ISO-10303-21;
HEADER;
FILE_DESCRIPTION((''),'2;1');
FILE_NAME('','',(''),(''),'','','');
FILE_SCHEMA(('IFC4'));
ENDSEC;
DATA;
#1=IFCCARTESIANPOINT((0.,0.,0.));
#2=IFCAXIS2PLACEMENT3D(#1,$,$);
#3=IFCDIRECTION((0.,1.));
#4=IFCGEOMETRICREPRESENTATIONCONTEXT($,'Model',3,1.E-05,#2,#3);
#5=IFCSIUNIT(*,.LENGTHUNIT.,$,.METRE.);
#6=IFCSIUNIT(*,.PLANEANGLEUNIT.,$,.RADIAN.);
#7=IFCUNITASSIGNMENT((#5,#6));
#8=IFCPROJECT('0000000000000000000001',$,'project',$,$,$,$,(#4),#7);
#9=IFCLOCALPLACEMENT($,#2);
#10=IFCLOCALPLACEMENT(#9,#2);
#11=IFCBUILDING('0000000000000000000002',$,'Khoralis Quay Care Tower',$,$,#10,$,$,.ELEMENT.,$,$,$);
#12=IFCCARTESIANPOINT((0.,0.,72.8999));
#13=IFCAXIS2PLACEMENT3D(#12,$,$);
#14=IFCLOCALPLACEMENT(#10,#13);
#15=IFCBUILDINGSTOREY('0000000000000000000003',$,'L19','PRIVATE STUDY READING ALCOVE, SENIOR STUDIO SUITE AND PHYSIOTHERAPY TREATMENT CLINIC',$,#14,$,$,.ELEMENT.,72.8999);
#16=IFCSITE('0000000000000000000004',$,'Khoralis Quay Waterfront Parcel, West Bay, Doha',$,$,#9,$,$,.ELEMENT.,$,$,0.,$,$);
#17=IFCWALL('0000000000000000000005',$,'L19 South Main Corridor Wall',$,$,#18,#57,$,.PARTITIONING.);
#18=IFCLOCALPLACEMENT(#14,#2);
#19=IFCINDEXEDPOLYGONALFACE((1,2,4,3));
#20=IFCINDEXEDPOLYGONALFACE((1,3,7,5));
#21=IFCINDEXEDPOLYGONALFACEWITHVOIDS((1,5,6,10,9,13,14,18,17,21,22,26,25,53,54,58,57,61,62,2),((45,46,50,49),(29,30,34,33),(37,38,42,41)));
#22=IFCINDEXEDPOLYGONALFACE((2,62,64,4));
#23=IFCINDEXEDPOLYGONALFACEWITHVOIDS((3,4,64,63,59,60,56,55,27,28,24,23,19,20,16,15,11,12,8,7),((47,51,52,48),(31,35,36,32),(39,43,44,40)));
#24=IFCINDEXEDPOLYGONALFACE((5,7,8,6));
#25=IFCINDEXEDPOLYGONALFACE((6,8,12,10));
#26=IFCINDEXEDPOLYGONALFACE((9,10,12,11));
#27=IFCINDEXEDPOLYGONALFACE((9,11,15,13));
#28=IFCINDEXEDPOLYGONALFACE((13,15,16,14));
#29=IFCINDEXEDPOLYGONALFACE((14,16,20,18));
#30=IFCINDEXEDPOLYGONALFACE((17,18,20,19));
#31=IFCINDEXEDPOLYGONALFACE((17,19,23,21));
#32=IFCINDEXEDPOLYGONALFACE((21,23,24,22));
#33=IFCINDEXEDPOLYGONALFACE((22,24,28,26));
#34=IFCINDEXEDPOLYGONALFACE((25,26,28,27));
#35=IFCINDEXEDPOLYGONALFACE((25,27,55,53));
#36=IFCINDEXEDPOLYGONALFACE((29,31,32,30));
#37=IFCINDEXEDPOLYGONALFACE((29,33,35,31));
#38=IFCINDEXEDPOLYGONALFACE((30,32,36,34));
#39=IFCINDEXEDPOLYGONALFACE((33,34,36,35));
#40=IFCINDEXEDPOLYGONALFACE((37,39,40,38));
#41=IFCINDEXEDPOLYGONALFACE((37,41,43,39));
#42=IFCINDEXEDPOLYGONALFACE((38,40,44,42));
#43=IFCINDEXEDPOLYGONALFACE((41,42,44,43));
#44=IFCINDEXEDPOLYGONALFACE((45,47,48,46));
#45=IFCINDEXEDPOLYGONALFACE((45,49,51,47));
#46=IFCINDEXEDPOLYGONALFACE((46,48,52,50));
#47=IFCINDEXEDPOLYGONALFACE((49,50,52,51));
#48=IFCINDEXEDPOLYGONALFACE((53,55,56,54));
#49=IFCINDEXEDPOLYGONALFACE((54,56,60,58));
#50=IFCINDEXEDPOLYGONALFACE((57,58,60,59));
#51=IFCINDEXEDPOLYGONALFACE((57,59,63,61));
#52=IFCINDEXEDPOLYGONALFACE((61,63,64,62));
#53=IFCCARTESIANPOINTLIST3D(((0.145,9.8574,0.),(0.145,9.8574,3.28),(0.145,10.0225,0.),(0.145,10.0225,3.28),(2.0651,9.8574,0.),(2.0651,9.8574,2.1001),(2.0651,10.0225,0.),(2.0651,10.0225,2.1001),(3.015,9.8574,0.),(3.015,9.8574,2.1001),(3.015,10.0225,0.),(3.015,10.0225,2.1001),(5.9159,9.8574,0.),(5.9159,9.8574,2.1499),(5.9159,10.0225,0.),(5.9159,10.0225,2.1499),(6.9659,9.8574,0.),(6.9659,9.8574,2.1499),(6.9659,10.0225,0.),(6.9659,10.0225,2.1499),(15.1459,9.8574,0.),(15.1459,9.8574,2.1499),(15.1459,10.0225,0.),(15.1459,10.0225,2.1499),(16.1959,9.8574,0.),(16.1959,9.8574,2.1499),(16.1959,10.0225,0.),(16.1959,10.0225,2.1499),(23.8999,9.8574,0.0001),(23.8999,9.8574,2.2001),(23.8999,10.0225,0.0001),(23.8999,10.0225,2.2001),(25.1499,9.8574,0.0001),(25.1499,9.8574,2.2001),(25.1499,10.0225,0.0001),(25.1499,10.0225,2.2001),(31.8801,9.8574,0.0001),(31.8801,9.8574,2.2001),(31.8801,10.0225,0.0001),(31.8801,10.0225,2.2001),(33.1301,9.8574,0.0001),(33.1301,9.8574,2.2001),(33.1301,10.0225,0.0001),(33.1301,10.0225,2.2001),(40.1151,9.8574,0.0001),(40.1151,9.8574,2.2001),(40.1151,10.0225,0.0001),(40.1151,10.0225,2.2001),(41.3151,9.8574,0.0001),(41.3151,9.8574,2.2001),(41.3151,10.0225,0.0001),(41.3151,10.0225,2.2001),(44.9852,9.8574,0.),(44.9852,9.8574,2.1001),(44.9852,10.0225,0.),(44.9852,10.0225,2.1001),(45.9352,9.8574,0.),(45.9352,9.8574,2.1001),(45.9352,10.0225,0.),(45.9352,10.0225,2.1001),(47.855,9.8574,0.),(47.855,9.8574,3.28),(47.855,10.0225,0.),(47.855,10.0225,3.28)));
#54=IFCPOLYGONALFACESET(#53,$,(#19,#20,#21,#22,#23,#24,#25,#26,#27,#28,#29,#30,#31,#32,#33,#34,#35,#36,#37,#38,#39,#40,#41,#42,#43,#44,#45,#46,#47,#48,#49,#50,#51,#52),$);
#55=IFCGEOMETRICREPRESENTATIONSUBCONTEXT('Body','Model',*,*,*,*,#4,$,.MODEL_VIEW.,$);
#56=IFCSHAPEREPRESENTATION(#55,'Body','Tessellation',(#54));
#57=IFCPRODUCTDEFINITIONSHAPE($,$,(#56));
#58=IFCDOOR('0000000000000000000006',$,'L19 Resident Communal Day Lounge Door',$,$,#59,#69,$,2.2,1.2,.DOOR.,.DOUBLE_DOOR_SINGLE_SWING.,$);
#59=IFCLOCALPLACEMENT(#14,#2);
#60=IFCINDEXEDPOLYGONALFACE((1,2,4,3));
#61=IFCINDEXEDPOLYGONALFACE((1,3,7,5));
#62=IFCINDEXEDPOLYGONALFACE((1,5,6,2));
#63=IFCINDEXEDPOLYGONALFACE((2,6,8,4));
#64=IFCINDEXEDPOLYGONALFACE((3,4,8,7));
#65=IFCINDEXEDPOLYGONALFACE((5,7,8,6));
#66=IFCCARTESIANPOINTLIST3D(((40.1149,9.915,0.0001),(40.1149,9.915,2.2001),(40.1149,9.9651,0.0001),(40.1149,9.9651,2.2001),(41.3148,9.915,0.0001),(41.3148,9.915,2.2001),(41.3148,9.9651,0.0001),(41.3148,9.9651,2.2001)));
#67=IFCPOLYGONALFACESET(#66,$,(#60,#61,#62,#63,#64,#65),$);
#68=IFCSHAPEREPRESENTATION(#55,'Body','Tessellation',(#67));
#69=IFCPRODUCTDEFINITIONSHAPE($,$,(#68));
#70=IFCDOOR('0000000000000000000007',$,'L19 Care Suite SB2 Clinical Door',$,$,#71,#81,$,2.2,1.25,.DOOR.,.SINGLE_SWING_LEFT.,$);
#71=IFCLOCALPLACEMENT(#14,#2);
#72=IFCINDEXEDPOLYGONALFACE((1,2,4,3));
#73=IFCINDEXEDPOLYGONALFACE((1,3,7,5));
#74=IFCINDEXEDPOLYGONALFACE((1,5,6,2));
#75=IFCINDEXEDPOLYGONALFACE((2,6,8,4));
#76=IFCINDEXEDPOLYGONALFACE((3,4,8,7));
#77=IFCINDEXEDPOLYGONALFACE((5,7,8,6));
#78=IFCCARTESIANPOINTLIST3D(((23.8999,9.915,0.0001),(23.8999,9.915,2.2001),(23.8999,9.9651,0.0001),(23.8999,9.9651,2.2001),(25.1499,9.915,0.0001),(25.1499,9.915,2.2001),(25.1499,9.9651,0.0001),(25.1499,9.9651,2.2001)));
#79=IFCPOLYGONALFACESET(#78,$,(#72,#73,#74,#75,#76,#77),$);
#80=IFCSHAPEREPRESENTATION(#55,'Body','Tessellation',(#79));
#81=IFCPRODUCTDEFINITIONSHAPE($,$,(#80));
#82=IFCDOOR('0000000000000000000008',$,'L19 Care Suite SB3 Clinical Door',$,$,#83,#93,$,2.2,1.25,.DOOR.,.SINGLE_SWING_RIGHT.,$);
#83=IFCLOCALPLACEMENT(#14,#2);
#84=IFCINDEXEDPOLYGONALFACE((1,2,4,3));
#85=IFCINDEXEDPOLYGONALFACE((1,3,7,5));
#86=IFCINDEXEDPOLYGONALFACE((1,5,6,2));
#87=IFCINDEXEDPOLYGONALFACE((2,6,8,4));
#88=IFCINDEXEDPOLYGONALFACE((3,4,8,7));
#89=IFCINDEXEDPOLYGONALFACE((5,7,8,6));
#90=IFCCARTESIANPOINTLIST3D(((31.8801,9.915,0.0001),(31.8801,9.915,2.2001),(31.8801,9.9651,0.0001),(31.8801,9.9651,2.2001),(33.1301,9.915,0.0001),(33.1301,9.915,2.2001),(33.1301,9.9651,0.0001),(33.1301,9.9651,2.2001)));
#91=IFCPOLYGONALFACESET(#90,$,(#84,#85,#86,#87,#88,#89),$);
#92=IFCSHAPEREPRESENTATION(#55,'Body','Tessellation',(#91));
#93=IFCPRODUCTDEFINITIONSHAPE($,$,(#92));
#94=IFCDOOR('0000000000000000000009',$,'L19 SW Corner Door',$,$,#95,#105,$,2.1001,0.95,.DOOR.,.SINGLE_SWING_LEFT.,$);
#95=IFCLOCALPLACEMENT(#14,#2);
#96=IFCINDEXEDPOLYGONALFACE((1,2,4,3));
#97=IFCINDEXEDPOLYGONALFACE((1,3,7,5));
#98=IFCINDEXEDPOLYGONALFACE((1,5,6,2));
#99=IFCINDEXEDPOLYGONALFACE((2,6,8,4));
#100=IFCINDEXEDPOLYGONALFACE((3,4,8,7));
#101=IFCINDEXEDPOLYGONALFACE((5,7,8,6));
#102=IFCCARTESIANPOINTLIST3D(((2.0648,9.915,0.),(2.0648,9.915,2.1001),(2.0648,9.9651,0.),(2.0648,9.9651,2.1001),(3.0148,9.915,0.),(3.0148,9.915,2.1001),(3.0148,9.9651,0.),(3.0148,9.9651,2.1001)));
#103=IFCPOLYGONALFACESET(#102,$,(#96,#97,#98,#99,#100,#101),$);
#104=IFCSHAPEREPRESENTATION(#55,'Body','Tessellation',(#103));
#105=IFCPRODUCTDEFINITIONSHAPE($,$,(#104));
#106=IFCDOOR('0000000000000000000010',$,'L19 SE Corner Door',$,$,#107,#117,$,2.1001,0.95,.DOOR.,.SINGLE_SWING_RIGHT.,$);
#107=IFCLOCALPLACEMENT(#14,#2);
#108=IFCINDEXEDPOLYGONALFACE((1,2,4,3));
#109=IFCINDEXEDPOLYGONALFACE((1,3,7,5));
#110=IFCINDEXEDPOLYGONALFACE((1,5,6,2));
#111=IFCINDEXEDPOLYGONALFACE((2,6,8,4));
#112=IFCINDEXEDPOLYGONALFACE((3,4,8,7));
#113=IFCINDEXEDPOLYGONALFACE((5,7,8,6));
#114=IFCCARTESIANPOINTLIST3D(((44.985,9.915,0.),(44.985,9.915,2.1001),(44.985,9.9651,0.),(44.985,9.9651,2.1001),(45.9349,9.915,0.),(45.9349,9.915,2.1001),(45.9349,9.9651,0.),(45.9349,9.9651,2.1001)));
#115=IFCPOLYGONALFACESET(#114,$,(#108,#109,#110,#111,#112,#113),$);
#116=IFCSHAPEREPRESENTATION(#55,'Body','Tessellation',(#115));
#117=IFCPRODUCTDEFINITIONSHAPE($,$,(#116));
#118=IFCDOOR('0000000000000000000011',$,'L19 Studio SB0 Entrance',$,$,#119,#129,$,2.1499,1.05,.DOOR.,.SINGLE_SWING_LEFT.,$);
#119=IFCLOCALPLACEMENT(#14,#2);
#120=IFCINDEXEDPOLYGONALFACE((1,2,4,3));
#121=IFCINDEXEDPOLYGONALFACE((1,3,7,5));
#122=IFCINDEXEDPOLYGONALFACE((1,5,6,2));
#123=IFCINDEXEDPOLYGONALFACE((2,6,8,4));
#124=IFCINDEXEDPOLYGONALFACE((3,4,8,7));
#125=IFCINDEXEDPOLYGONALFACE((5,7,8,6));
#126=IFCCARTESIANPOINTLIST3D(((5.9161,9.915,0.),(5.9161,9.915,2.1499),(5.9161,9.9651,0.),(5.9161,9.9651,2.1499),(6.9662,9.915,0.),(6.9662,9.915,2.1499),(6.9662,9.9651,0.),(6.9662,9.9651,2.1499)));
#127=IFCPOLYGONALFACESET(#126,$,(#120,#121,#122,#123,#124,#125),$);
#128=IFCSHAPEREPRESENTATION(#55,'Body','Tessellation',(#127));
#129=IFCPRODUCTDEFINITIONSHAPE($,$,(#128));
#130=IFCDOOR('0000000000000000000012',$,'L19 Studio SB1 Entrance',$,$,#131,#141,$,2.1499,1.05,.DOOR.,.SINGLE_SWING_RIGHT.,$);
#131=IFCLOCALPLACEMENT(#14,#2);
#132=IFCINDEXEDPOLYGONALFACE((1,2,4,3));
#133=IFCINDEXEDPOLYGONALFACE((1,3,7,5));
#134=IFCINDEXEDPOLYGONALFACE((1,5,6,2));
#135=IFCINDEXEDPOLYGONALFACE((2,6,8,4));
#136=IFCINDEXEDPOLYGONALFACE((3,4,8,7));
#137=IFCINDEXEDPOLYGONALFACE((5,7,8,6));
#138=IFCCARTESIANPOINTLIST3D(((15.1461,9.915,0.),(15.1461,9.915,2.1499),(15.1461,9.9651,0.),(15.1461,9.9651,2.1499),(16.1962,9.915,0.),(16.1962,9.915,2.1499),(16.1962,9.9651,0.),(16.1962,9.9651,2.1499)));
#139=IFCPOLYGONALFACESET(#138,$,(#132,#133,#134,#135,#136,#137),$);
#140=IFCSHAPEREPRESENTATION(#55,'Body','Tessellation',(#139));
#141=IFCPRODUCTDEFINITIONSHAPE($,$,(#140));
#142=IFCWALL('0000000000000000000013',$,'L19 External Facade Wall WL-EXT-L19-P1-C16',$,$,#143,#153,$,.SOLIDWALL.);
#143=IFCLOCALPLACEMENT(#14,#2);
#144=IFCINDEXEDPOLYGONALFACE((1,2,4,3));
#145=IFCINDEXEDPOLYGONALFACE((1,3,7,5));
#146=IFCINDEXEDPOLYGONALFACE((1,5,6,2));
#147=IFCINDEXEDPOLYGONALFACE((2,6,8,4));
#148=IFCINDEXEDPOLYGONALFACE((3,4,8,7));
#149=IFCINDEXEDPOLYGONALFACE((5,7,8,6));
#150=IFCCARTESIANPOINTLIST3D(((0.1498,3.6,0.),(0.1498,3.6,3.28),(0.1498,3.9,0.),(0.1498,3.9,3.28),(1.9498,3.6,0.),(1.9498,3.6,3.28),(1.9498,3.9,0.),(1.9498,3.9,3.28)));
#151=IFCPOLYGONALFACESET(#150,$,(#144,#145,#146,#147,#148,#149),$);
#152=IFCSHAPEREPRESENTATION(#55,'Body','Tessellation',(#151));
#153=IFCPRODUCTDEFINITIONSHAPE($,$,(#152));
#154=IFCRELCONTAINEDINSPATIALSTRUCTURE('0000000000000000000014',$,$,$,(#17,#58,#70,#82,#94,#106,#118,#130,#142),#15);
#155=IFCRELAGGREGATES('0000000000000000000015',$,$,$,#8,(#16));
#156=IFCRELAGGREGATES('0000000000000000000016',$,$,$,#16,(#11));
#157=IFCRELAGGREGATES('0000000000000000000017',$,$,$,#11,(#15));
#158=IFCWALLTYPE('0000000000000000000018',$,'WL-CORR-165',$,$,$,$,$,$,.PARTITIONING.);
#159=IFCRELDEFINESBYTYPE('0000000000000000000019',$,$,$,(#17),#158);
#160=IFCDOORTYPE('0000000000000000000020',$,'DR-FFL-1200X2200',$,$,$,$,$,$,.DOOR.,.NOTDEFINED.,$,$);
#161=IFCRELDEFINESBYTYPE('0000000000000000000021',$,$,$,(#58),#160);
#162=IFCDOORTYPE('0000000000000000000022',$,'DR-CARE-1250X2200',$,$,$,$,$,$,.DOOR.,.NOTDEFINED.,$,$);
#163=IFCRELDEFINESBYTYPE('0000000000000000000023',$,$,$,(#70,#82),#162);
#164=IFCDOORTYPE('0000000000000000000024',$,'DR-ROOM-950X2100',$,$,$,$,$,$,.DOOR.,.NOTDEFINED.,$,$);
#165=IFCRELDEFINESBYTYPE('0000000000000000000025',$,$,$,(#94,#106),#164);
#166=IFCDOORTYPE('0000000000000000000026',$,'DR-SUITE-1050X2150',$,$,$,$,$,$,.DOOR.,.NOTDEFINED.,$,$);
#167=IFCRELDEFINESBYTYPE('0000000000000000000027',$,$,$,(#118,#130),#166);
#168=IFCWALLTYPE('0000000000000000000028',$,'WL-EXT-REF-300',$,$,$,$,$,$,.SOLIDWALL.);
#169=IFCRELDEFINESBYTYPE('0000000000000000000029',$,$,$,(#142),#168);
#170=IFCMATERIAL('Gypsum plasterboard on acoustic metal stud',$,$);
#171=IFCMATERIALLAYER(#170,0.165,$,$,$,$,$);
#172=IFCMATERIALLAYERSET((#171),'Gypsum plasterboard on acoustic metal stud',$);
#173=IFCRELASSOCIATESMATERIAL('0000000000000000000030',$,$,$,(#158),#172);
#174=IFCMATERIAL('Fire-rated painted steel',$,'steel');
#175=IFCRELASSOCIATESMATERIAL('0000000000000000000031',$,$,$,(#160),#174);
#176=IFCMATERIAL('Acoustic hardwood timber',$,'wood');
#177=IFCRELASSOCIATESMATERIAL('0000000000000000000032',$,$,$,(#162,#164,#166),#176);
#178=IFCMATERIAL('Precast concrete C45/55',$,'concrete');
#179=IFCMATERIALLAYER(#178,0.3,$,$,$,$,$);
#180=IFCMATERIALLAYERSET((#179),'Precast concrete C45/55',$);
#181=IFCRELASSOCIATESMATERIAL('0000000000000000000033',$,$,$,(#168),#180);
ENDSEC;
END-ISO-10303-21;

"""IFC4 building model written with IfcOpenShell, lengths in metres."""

from ifc_helpers import new_model, si_unit, direction, frame, frame_2d, origin, place, context, subcontext, project, spatial, rectangle, extrude, source, transform, mapped, material, layer, layer_set, type_object, element, fill, save


model = new_model("IFC4")

# Units and contexts
model_context = context("Model", 3, precision=1e-05, world=origin(), true_north=direction((0.0, 1.0)))
body_context = subcontext(model_context, "Body", "Model", "MODEL_VIEW")
ifc_project = project(units=[si_unit("LENGTHUNIT", "METRE"), si_unit("PLANEANGLEUNIT", "RADIAN")], contexts=[model_context])

# Site, building, storey
site_placement = place(None, origin())
site = spatial("IfcSite", under=ifc_project, at=site_placement, Name="Khoralis Quay Waterfront Parcel, West Bay, Doha", CompositionType="ELEMENT", RefElevation=0.0)
building_placement = place(site_placement, origin())
building = spatial("IfcBuilding", under=site, at=building_placement, Name="Khoralis Quay Care Tower", CompositionType="ELEMENT")
storey_placement = place(building_placement, frame((0.0, 0.0, 72.8999)))
storey = spatial("IfcBuildingStorey", under=building, at=storey_placement, Name="L19", Description="PRIVATE STUDY READING ALCOVE, SENIOR STUDIO SUITE AND PHYSIOTHERAPY TREATMENT CLINIC", CompositionType="ELEMENT", Elevation=72.8999)

# Wall, openings, doors
ifc_material_1 = material(Name="Gypsum plasterboard on acoustic metal stud")
ifc_layer_1 = layer(ifc_material_1, 0.165)
ifc_layer_set_1 = layer_set([ifc_layer_1], Name="Gypsum plasterboard on acoustic metal stud")
wall_type_1 = type_object("IfcWallType", Name="WL-CORR-165", PredefinedType="PARTITIONING", material=ifc_layer_set_1)
wall_1_placement = place(storey_placement, frame((0.145, 9.9399, 0.0), z_axis=(0.0, 0.0, 1.0), x_axis=(1.0, 0.0, 0.0)))
wall_1 = element("IfcWall", 1, at=wall_1_placement, inside=storey, type_object=wall_type_1, Name="L19 South Main Corridor Wall", PredefinedType="PARTITIONING", context=body_context, shape_type="SweptSolid", body=[
    extrude(rectangle(XDim=47.71, YDim=0.165, at=frame_2d((23.855, 0.0))), origin(), (0.0, 0.0, 1.0), 3.28),
])
opening_1_placement = place(wall_1_placement, frame((5.771, 0.0, 0.0)))
opening_1 = element("IfcOpeningElement", 2, at=opening_1_placement, cuts=wall_1, PredefinedType="OPENING", context=body_context, shape_type="SweptSolid", body=[
    extrude(rectangle(XDim=1.05, YDim=2.1499, at=frame_2d((0.5249, 1.075))), frame((0.0, 0.0925, 0.0), z_axis=(0.0, -1.0, 0.0), x_axis=(1.0, 0.0, 0.0)), (0.0, 0.0, 1.0), 0.1851),
])
opening_2_placement = place(wall_1_placement, frame((15.001, 0.0, 0.0)))
opening_2 = element("IfcOpeningElement", 3, at=opening_2_placement, cuts=wall_1, PredefinedType="OPENING", context=body_context, shape_type="SweptSolid", body=[
    extrude(rectangle(XDim=1.05, YDim=2.1499, at=frame_2d((0.5249, 1.075))), frame((0.0, 0.0925, 0.0), z_axis=(0.0, -1.0, 0.0), x_axis=(1.0, 0.0, 0.0)), (0.0, 0.0, 1.0), 0.1851),
])
opening_3_placement = place(wall_1_placement, frame((23.7549, 0.0, 0.0)))
opening_3 = element("IfcOpeningElement", 4, at=opening_3_placement, cuts=wall_1, PredefinedType="OPENING", context=body_context, shape_type="SweptSolid", body=[
    extrude(rectangle(XDim=1.25, YDim=2.2, at=frame_2d((0.625, 1.1001))), frame((0.0, 0.0925, 0.0), z_axis=(0.0, -1.0, 0.0), x_axis=(1.0, 0.0, 0.0)), (0.0, 0.0, 1.0), 0.1851),
])
opening_4_placement = place(wall_1_placement, frame((31.7351, 0.0, 0.0)))
opening_4 = element("IfcOpeningElement", 5, at=opening_4_placement, cuts=wall_1, PredefinedType="OPENING", context=body_context, shape_type="SweptSolid", body=[
    extrude(rectangle(XDim=1.25, YDim=2.2, at=frame_2d((0.625, 1.1001))), frame((0.0, 0.0925, 0.0), z_axis=(0.0, -1.0, 0.0), x_axis=(1.0, 0.0, 0.0)), (0.0, 0.0, 1.0), 0.1851),
])
opening_5_placement = place(wall_1_placement, frame((39.97, 0.0, 0.0)))
opening_5 = element("IfcOpeningElement", 6, at=opening_5_placement, cuts=wall_1, PredefinedType="OPENING", context=body_context, shape_type="SweptSolid", body=[
    extrude(rectangle(XDim=1.2, YDim=2.2, at=frame_2d((0.6001, 1.1001))), frame((0.0, 0.0925, 0.0), z_axis=(0.0, -1.0, 0.0), x_axis=(1.0, 0.0, 0.0)), (0.0, 0.0, 1.0), 0.1851),
])
opening_6_placement = place(wall_1_placement, frame((1.9199, 0.0, 0.0)))
opening_6 = element("IfcOpeningElement", 7, at=opening_6_placement, cuts=wall_1, PredefinedType="OPENING", context=body_context, shape_type="SweptSolid", body=[
    extrude(rectangle(XDim=0.95, YDim=2.1001, at=frame_2d((0.4751, 1.05))), frame((0.0, 0.0925, 0.0), z_axis=(0.0, -1.0, 0.0), x_axis=(1.0, 0.0, 0.0)), (0.0, 0.0, 1.0), 0.1851),
])
opening_7_placement = place(wall_1_placement, frame((44.8401, 0.0, 0.0)))
opening_7 = element("IfcOpeningElement", 8, at=opening_7_placement, cuts=wall_1, PredefinedType="OPENING", context=body_context, shape_type="SweptSolid", body=[
    extrude(rectangle(XDim=0.95, YDim=2.1001, at=frame_2d((0.4751, 1.05))), frame((0.0, 0.0925, 0.0), z_axis=(0.0, -1.0, 0.0), x_axis=(1.0, 0.0, 0.0)), (0.0, 0.0, 1.0), 0.1851),
])
ifc_material_2 = material(Name="Fire-rated painted steel", Category="steel")
door_type_1 = type_object("IfcDoorType", Name="DR-FFL-1200X2200", OperationType="NOTDEFINED", PredefinedType="DOOR", material=ifc_material_2)
shared_shape_1 = source(origin(), body_context, "Body", "SweptSolid", [
    extrude(rectangle(XDim=1.2, YDim=2.2, at=frame_2d((0.6001, 1.1001))), frame((0.0, 0.0249, 0.0), z_axis=(0.0, -1.0, 0.0), x_axis=(1.0, 0.0, 0.0)), (0.0, 0.0, 1.0), 0.05),
])
door_1_placement = place(opening_5_placement, frame((1.2, 0.0, 0.0), z_axis=(0.0, 0.0, 1.0), x_axis=(-1.0, 0.0, 0.0)))
door_1 = element("IfcDoor", 9, at=door_1_placement, inside=storey, type_object=door_type_1, Name="L19 Resident Communal Day Lounge Door", OperationType="DOUBLE_DOOR_SINGLE_SWING", OverallHeight=2.2, OverallWidth=1.2, PredefinedType="DOOR", context=body_context, shape_type="MappedRepresentation", body=[
    mapped(shared_shape_1, transform((0.0, 0.0, 0.0), scale=1.0)),
])
fill(opening_5, door_1)
ifc_material_3 = material(Name="Acoustic hardwood timber", Category="wood")
door_type_2 = type_object("IfcDoorType", Name="DR-CARE-1250X2200", OperationType="NOTDEFINED", PredefinedType="DOOR", material=ifc_material_3)
shared_shape_2 = source(origin(), body_context, "Body", "SweptSolid", [
    extrude(rectangle(XDim=1.25, YDim=2.2, at=frame_2d((0.625, 1.1001))), frame((0.0, 0.0249, 0.0), z_axis=(0.0, -1.0, 0.0), x_axis=(1.0, 0.0, 0.0)), (0.0, 0.0, 1.0), 0.05),
])
door_2_placement = place(opening_3_placement, frame((1.25, 0.0, 0.0), z_axis=(0.0, 0.0, 1.0), x_axis=(-1.0, 0.0, 0.0)))
door_2 = element("IfcDoor", 10, at=door_2_placement, inside=storey, type_object=door_type_2, Name="L19 Care Suite SB2 Clinical Door", OperationType="SINGLE_SWING_LEFT", OverallHeight=2.2, OverallWidth=1.25, PredefinedType="DOOR", context=body_context, shape_type="MappedRepresentation", body=[
    mapped(shared_shape_2, transform((0.0, 0.0, 0.0), scale=1.0)),
])
fill(opening_3, door_2)
door_3_placement = place(opening_4_placement, frame((1.25, 0.0, 0.0), z_axis=(0.0, 0.0, 1.0), x_axis=(-1.0, 0.0, 0.0)))
door_3 = element("IfcDoor", 11, at=door_3_placement, inside=storey, type_object=door_type_2, Name="L19 Care Suite SB3 Clinical Door", OperationType="SINGLE_SWING_RIGHT", OverallHeight=2.2, OverallWidth=1.25, PredefinedType="DOOR", context=body_context, shape_type="MappedRepresentation", body=[
    mapped(shared_shape_2, transform((0.0, 0.0, 0.0), scale=1.0)),
])
fill(opening_4, door_3)
door_type_3 = type_object("IfcDoorType", Name="DR-ROOM-950X2100", OperationType="NOTDEFINED", PredefinedType="DOOR", material=ifc_material_3)
shared_shape_3 = source(origin(), body_context, "Body", "SweptSolid", [
    extrude(rectangle(XDim=0.95, YDim=2.1001, at=frame_2d((0.4751, 1.05))), frame((0.0, 0.0249, 0.0), z_axis=(0.0, -1.0, 0.0), x_axis=(1.0, 0.0, 0.0)), (0.0, 0.0, 1.0), 0.05),
])
door_4_placement = place(opening_6_placement, frame((0.95, 0.0, 0.0), z_axis=(0.0, 0.0, 1.0), x_axis=(-1.0, 0.0, 0.0)))
door_4 = element("IfcDoor", 12, at=door_4_placement, inside=storey, type_object=door_type_3, Name="L19 SW Corner Door", OperationType="SINGLE_SWING_LEFT", OverallHeight=2.1001, OverallWidth=0.95, PredefinedType="DOOR", context=body_context, shape_type="MappedRepresentation", body=[
    mapped(shared_shape_3, transform((0.0, 0.0, 0.0), scale=1.0)),
])
fill(opening_6, door_4)
door_5_placement = place(opening_7_placement, frame((0.95, 0.0, 0.0), z_axis=(0.0, 0.0, 1.0), x_axis=(-1.0, 0.0, 0.0)))
door_5 = element("IfcDoor", 13, at=door_5_placement, inside=storey, type_object=door_type_3, Name="L19 SE Corner Door", OperationType="SINGLE_SWING_RIGHT", OverallHeight=2.1001, OverallWidth=0.95, PredefinedType="DOOR", context=body_context, shape_type="MappedRepresentation", body=[
    mapped(shared_shape_3, transform((0.0, 0.0, 0.0), scale=1.0)),
])
fill(opening_7, door_5)
door_type_4 = type_object("IfcDoorType", Name="DR-SUITE-1050X2150", OperationType="NOTDEFINED", PredefinedType="DOOR", material=ifc_material_3)
shared_shape_4 = source(origin(), body_context, "Body", "SweptSolid", [
    extrude(rectangle(XDim=1.05, YDim=2.1499, at=frame_2d((0.5249, 1.075))), frame((0.0, 0.0249, 0.0), z_axis=(0.0, -1.0, 0.0), x_axis=(1.0, 0.0, 0.0)), (0.0, 0.0, 1.0), 0.05),
])
door_6_placement = place(opening_1_placement, frame((1.05, 0.0, 0.0), z_axis=(0.0, 0.0, 1.0), x_axis=(-1.0, 0.0, 0.0)))
door_6 = element("IfcDoor", 14, at=door_6_placement, inside=storey, type_object=door_type_4, Name="L19 Studio SB0 Entrance", OperationType="SINGLE_SWING_LEFT", OverallHeight=2.1499, OverallWidth=1.05, PredefinedType="DOOR", context=body_context, shape_type="MappedRepresentation", body=[
    mapped(shared_shape_4, transform((0.0, 0.0, 0.0), scale=1.0)),
])
fill(opening_1, door_6)
door_7_placement = place(opening_2_placement, frame((1.05, 0.0, 0.0), z_axis=(0.0, 0.0, 1.0), x_axis=(-1.0, 0.0, 0.0)))
door_7 = element("IfcDoor", 15, at=door_7_placement, inside=storey, type_object=door_type_4, Name="L19 Studio SB1 Entrance", OperationType="SINGLE_SWING_RIGHT", OverallHeight=2.1499, OverallWidth=1.05, PredefinedType="DOOR", context=body_context, shape_type="MappedRepresentation", body=[
    mapped(shared_shape_4, transform((0.0, 0.0, 0.0), scale=1.0)),
])
fill(opening_2, door_7)

# Wall
ifc_material_4 = material(Name="Precast concrete C45/55", Category="concrete")
ifc_layer_2 = layer(ifc_material_4, 0.3)
ifc_layer_set_2 = layer_set([ifc_layer_2], Name="Precast concrete C45/55")
wall_type_2 = type_object("IfcWallType", Name="WL-EXT-REF-300", PredefinedType="SOLIDWALL", material=ifc_layer_set_2)
for number, where, z_axis, x_axis, name in (
    (16, (0.1499, 3.75, 0.0), (0.0, 0.0, 1.0), (1.0, 0.0, 0.0), "L19 External Facade Wall WL-EXT-L19-P1-C16"),
):
    element("IfcWall", number, at=place(storey_placement, frame(where, z_axis=z_axis, x_axis=x_axis)), inside=storey, type_object=wall_type_2, Name=name, PredefinedType="SOLIDWALL", context=body_context, shape_type="SweptSolid", body=[
        extrude(rectangle(XDim=1.8, YDim=0.3, at=frame_2d((0.8999, 0.0))), origin(), (0.0, 0.0, 1.0), 3.28),
    ])

save(model, "model.ifc")
